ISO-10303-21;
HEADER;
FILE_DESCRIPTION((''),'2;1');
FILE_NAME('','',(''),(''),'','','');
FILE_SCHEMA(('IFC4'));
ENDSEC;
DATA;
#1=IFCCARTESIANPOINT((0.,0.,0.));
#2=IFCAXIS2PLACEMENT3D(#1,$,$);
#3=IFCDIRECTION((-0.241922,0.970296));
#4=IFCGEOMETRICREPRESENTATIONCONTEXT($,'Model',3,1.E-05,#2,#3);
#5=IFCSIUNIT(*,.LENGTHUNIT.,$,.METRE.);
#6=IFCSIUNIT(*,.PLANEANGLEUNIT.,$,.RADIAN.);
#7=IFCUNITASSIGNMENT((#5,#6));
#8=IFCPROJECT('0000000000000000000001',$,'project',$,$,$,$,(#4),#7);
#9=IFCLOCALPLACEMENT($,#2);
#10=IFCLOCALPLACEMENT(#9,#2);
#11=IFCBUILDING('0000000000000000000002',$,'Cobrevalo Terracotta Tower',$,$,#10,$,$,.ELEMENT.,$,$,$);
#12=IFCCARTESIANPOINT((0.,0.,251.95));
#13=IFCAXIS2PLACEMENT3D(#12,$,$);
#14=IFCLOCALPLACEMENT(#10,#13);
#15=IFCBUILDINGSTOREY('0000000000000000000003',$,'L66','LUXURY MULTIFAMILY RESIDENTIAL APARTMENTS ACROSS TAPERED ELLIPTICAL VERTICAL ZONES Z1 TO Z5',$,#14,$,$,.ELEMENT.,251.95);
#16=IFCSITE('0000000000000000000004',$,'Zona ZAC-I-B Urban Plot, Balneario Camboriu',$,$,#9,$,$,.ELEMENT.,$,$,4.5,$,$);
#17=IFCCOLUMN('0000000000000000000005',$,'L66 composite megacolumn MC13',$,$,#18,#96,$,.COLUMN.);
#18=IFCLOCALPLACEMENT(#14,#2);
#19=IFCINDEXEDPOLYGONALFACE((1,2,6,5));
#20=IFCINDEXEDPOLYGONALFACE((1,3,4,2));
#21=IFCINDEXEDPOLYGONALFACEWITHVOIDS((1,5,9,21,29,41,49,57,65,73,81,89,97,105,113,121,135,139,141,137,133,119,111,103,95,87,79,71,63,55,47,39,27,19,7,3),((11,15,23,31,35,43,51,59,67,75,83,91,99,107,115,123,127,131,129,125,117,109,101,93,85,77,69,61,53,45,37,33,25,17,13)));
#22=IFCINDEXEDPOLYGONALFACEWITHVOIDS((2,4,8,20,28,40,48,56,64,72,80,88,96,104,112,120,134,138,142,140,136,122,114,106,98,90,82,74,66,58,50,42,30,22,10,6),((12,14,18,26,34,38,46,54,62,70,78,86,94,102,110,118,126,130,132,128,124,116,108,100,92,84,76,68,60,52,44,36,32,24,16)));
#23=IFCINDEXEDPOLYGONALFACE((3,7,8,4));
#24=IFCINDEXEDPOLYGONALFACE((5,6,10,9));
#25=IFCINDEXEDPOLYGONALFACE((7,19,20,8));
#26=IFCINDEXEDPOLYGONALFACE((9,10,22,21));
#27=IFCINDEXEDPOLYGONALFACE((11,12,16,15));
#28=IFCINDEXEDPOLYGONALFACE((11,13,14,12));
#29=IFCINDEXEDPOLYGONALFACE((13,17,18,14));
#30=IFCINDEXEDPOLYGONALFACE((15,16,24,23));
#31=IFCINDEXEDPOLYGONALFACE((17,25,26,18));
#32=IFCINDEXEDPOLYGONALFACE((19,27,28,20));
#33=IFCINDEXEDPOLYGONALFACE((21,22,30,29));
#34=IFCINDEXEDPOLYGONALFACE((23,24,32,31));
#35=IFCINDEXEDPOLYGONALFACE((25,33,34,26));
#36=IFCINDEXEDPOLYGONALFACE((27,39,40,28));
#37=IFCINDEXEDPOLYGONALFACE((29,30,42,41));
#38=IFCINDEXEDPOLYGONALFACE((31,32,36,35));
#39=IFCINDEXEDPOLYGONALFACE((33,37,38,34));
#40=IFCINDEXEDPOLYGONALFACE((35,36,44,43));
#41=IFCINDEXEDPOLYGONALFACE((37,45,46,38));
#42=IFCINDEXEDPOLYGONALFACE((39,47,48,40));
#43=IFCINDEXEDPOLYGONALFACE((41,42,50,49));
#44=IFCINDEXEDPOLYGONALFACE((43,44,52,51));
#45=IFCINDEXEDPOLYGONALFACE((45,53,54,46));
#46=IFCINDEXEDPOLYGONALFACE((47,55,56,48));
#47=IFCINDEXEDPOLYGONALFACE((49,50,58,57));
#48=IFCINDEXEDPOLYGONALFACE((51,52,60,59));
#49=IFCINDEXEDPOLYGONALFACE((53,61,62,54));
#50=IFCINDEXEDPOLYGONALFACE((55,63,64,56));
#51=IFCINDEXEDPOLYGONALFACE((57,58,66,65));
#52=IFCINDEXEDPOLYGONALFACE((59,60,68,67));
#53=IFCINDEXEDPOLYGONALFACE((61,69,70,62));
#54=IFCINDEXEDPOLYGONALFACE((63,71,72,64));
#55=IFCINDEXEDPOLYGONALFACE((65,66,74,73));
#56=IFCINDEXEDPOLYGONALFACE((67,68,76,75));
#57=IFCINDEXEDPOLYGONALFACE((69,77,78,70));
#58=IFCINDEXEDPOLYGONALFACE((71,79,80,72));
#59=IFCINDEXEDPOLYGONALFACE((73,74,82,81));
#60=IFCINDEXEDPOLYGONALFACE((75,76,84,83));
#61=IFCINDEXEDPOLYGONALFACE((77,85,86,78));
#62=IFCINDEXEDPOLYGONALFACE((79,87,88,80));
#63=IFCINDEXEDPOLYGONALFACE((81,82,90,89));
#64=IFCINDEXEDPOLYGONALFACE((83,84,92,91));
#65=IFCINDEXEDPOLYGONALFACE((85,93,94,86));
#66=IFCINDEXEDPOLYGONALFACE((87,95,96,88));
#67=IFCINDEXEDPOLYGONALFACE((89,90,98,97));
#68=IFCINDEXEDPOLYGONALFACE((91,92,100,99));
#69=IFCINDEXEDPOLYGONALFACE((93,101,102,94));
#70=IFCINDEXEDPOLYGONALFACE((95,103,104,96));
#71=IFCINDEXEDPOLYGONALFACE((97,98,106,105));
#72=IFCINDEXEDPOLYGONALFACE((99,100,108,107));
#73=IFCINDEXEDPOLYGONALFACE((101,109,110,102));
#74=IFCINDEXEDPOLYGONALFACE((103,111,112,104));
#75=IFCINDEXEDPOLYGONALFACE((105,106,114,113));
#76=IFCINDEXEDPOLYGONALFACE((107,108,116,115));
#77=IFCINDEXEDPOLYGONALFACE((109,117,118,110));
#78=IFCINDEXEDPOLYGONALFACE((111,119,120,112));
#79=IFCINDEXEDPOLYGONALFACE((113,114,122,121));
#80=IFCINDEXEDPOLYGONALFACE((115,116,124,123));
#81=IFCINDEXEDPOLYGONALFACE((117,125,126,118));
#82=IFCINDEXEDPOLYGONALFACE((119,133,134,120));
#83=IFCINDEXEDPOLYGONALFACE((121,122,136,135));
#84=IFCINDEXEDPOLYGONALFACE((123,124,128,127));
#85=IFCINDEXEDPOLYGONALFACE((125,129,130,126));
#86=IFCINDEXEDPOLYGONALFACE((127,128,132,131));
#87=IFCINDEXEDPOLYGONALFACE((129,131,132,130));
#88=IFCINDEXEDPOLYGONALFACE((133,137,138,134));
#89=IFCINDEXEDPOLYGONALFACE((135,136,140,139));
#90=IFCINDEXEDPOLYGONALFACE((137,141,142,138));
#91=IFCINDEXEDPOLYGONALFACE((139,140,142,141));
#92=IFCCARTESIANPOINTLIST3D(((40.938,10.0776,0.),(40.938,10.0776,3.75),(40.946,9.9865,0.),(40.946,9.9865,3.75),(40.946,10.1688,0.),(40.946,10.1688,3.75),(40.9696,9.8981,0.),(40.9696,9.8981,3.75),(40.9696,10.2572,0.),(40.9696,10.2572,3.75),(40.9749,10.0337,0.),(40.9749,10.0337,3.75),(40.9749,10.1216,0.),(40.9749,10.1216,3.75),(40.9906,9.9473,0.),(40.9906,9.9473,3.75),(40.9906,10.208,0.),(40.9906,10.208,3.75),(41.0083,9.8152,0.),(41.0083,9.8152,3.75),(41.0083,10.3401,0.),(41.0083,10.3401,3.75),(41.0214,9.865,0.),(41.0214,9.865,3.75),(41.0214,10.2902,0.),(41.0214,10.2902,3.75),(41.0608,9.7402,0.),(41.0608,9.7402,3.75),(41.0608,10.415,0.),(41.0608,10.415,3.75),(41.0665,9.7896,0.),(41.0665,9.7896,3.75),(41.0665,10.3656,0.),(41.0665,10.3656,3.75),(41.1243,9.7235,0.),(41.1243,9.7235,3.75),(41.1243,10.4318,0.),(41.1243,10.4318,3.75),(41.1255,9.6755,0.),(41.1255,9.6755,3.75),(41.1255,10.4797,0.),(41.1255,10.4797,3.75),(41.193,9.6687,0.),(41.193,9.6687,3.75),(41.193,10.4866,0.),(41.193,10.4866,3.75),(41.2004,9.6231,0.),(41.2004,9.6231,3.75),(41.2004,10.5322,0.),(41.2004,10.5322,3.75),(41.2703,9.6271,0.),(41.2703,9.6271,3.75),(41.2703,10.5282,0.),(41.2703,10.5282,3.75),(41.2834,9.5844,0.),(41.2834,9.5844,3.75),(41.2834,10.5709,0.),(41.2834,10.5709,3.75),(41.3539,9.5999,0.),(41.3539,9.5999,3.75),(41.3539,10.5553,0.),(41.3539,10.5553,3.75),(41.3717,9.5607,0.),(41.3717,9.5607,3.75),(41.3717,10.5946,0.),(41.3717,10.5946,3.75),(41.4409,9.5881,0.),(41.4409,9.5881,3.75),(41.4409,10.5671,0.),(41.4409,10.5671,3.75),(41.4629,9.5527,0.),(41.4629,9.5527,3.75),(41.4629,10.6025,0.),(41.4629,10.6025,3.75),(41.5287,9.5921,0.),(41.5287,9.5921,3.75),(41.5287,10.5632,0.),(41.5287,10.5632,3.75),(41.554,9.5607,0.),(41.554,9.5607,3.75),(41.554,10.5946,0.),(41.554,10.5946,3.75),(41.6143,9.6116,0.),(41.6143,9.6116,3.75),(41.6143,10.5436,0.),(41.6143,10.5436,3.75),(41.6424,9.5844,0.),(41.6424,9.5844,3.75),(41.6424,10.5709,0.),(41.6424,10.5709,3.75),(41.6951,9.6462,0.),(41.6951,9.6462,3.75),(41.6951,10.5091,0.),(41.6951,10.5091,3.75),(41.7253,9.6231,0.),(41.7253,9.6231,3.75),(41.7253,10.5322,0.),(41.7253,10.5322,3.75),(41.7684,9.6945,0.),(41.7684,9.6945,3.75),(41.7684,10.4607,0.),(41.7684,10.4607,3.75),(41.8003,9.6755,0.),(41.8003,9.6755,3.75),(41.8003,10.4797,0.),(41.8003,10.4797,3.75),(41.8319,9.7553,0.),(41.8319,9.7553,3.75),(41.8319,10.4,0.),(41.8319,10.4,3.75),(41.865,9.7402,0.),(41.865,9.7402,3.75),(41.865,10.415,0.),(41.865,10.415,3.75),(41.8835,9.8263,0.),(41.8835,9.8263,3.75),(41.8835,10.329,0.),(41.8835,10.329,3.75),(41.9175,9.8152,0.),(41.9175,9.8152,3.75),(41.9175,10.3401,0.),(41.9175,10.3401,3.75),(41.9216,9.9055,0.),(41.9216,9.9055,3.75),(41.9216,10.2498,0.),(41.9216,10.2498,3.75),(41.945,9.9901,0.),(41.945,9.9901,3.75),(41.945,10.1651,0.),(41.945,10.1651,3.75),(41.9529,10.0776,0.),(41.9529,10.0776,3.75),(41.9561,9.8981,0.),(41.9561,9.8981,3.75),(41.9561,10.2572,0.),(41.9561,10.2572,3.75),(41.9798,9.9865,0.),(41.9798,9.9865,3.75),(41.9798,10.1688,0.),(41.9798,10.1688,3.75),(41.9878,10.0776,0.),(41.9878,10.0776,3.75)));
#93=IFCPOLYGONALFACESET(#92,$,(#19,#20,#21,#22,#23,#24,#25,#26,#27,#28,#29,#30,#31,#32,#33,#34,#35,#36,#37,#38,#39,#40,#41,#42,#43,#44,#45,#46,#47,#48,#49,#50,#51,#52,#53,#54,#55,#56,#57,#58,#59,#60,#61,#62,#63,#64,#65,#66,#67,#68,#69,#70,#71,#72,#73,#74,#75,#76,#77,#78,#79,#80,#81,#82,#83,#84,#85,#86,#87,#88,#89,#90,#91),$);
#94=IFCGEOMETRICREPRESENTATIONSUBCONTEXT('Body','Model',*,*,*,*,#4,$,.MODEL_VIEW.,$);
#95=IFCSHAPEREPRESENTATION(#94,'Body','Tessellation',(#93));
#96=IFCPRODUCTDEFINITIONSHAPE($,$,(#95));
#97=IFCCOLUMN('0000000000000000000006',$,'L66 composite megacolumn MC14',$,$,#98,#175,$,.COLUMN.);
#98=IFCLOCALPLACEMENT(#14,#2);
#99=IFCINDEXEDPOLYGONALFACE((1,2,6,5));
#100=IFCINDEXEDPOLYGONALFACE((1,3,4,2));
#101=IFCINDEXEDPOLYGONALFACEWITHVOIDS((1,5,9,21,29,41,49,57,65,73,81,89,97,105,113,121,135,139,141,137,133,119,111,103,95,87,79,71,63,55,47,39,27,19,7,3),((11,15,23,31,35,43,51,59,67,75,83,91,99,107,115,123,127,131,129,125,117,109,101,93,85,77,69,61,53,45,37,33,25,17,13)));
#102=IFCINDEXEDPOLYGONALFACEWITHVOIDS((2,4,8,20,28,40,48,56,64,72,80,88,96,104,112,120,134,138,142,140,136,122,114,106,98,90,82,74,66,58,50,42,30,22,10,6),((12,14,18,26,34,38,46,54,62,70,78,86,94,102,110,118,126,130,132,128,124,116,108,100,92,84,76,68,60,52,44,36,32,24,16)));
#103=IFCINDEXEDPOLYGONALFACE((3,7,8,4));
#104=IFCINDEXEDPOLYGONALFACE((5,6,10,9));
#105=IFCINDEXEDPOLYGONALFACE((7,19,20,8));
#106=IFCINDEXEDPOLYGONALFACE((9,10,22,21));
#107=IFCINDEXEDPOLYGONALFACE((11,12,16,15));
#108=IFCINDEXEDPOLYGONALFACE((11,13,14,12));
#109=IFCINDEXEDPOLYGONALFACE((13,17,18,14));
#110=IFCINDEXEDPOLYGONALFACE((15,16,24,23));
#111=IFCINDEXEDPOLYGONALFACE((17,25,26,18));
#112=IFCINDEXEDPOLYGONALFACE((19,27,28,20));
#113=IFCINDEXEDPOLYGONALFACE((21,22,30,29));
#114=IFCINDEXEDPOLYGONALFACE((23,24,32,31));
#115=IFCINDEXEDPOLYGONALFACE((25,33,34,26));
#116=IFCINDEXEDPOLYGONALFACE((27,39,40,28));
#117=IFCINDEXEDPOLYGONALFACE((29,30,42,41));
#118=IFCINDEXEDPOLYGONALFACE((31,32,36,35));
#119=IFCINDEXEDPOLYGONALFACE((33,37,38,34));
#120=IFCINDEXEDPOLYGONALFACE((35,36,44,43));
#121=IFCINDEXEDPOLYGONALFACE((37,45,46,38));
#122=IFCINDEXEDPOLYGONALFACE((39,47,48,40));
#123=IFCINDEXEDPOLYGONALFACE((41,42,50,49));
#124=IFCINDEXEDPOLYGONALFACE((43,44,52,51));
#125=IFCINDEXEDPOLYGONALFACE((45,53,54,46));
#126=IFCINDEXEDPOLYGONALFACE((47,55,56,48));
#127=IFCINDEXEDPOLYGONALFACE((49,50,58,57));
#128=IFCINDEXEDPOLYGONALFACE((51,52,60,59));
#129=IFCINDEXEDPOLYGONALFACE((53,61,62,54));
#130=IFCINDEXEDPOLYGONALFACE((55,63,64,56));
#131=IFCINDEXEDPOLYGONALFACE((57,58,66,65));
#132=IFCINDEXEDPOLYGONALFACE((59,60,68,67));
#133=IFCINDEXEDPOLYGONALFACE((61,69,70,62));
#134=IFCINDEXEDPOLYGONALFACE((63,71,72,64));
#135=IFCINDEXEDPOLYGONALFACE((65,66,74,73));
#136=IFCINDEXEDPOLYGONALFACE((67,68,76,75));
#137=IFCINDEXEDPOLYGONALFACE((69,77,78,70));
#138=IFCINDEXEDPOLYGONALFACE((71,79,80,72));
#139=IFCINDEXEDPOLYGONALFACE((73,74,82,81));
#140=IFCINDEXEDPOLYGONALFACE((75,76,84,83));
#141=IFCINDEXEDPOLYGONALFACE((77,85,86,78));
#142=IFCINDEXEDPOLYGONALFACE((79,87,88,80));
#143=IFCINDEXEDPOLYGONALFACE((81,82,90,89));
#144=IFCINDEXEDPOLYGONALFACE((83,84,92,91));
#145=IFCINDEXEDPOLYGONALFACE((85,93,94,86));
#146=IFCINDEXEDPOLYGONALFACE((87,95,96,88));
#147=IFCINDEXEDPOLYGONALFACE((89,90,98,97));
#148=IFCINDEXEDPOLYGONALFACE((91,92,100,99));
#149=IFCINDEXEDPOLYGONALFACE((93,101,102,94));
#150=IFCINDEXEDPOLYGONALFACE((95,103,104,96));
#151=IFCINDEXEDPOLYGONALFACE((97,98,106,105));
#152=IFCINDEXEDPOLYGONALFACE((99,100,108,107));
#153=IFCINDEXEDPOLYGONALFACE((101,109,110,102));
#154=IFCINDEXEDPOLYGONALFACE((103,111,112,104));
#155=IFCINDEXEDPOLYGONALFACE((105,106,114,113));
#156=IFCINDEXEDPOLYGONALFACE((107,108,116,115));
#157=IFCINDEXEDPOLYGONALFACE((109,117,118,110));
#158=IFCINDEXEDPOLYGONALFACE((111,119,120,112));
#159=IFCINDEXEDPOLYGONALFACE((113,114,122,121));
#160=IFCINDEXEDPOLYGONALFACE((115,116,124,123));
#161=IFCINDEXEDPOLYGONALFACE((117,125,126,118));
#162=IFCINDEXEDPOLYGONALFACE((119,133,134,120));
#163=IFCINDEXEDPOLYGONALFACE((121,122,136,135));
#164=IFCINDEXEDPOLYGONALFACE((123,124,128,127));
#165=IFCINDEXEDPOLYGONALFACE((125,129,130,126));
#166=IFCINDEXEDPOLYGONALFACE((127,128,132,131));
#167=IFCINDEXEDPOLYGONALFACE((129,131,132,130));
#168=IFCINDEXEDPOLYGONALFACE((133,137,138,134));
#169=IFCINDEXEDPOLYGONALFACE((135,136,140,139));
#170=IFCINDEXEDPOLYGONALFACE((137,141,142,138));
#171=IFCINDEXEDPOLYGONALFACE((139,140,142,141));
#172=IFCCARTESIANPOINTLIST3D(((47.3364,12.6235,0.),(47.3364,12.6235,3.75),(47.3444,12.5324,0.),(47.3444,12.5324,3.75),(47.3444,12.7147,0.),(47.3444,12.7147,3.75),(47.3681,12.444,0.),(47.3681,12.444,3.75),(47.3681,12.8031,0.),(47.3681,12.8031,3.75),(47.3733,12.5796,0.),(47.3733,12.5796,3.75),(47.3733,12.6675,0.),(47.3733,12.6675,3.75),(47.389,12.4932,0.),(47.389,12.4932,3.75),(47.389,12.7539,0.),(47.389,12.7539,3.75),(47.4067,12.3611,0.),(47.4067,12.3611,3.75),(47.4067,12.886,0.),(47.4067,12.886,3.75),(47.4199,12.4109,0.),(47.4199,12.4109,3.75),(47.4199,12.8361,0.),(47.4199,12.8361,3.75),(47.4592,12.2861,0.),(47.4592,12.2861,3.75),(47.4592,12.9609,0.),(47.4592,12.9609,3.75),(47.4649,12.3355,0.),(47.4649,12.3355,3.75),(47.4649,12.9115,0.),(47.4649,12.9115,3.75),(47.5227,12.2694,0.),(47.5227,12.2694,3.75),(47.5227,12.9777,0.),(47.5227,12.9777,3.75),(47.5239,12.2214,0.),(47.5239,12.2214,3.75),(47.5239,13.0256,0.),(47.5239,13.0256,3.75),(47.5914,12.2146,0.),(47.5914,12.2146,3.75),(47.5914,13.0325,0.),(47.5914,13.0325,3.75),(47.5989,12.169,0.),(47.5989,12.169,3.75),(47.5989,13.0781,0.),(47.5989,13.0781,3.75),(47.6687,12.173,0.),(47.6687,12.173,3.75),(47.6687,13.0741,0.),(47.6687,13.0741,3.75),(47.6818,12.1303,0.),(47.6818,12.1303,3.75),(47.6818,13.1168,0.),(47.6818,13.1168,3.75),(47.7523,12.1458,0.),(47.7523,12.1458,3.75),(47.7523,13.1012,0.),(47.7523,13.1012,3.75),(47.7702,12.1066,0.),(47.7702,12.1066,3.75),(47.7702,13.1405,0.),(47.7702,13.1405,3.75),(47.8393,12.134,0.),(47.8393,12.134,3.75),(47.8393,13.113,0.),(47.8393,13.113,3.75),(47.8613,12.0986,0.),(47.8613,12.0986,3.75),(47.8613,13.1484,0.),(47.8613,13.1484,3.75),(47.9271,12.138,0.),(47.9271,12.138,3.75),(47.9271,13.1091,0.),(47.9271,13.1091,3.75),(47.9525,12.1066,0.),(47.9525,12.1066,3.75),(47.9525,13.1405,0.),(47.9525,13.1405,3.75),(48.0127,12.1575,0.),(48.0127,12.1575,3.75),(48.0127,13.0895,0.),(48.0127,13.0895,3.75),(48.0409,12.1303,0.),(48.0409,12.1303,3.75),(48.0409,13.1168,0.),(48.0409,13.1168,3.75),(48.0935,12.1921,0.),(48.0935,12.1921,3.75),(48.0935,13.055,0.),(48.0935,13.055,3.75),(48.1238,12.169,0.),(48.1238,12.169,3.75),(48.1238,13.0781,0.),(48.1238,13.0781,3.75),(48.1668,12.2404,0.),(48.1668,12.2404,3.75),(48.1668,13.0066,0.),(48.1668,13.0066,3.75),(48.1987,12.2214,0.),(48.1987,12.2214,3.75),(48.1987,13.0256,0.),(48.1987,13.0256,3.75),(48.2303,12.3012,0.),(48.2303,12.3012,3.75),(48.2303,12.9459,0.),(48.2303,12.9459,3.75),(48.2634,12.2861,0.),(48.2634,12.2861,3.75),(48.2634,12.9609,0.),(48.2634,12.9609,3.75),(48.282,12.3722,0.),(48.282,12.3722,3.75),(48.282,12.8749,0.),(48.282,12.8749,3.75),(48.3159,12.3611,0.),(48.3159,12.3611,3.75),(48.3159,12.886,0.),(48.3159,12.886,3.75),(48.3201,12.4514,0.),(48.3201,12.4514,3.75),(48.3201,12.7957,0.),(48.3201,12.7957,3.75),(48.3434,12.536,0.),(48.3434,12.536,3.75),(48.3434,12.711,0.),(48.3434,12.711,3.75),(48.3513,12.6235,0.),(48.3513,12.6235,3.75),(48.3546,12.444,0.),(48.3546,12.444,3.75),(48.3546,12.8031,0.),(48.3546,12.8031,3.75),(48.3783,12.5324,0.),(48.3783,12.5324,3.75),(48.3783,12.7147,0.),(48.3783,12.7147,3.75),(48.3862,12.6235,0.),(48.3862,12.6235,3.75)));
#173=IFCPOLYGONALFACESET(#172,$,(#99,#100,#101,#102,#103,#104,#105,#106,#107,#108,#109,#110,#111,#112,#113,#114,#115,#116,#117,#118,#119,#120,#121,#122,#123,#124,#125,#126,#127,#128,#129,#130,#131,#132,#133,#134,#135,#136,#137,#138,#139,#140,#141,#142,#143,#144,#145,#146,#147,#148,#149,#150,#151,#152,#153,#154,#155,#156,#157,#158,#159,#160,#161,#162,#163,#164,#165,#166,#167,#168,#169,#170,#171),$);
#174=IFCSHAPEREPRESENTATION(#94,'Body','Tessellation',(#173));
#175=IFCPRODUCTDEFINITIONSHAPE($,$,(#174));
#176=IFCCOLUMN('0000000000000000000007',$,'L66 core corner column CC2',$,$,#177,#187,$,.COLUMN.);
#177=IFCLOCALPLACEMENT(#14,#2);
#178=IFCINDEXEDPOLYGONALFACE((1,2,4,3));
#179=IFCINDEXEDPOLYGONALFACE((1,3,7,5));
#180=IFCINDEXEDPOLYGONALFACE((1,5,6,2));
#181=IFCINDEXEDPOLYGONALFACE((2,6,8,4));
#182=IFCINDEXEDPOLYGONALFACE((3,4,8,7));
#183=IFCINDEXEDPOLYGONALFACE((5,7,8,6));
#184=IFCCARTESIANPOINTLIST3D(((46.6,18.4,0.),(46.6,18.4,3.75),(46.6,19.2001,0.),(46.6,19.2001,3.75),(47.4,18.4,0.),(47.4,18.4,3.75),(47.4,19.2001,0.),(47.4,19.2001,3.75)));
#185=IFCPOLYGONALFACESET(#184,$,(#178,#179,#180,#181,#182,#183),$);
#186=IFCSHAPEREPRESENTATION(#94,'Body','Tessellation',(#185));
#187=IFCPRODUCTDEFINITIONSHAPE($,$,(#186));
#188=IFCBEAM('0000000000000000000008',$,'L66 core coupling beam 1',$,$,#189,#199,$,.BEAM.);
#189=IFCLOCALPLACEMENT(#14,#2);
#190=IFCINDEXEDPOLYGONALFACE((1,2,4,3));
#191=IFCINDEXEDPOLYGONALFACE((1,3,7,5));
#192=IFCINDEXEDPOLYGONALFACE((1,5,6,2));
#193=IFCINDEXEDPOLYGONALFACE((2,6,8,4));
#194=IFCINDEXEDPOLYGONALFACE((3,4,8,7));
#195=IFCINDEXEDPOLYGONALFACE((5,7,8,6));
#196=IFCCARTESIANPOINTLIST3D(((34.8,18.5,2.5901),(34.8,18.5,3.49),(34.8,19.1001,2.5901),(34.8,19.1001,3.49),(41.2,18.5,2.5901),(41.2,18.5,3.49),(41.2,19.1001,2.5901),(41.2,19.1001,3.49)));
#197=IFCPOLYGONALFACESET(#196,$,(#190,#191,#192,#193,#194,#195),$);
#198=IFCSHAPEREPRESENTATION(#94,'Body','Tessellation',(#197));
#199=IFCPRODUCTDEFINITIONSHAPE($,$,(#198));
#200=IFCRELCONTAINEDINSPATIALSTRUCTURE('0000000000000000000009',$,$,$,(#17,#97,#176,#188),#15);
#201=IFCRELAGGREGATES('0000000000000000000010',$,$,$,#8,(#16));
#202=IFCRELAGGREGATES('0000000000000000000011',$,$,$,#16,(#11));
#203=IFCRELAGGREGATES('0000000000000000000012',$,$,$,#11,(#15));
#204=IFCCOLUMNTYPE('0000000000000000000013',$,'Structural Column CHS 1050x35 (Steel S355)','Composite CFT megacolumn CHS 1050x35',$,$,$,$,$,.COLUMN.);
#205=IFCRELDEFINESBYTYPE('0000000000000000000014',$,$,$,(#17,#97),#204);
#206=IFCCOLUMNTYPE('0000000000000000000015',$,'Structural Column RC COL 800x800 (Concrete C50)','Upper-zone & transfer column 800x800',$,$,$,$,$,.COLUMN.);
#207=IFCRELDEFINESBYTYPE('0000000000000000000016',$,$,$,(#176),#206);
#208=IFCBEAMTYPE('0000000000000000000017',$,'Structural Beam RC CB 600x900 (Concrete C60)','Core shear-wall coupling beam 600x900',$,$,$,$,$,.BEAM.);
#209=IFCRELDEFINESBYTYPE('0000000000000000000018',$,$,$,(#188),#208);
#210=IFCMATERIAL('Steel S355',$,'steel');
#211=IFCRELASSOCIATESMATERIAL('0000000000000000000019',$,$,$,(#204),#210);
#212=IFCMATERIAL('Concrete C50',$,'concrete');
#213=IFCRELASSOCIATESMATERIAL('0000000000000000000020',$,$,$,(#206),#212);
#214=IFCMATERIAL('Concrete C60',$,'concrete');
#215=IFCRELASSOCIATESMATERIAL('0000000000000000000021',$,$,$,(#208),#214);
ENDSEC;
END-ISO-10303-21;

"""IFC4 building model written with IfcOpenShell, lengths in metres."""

from ifc_helpers import new_model, si_unit, direction, frame, origin, origin_2d, place, context, subcontext, project, spatial, rectangle, hollow_circle, extrude, material, material_profile, profile_set, type_object, element, save


model = new_model("IFC4")

# Units and contexts
model_context = context("Model", 3, precision=1e-05, world=origin(), true_north=direction((-0.241922, 0.970296)))
body_context = subcontext(model_context, "Body", "Model", "MODEL_VIEW")
ifc_project = project(units=[si_unit("LENGTHUNIT", "METRE"), si_unit("PLANEANGLEUNIT", "RADIAN")], contexts=[model_context])

# Site, building, storey
site_placement = place(None, origin())
site = spatial("IfcSite", under=ifc_project, at=site_placement, Name="Zona ZAC-I-B Urban Plot, Balneario Camboriu", CompositionType="ELEMENT", RefElevation=4.5)
building_placement = place(site_placement, origin())
building = spatial("IfcBuilding", under=site, at=building_placement, Name="Cobrevalo Terracotta Tower", CompositionType="ELEMENT")
storey_placement = place(building_placement, frame((0.0, 0.0, 251.95)))
storey = spatial("IfcBuildingStorey", under=building, at=storey_placement, Name="L66", Description="LUXURY MULTIFAMILY RESIDENTIAL APARTMENTS ACROSS TAPERED ELLIPTICAL VERTICAL ZONES Z1 TO Z5", CompositionType="ELEMENT", Elevation=251.95)

# Columns
ifc_material_1 = material(Name="Steel S355", Category="steel")
ifc_material_profile_1 = material_profile(ifc_material_1, hollow_circle(Radius=0.5249, WallThickness=0.0349, at=origin_2d()), Name="CHS 1050x35")
ifc_profile_set_1 = profile_set([ifc_material_profile_1], Name="Steel S355")
column_type_1 = type_object("IfcColumnType", Name="Structural Column CHS 1050x35 (Steel S355)", Description="Composite CFT megacolumn CHS 1050x35", PredefinedType="COLUMN", material=ifc_profile_set_1)
for number, where, z_axis, x_axis, name in (
    (1, (41.4629, 10.0776, 0.0), (0.0, 0.0, 1.0), (1.0, 0.0, 0.0), "L66 composite megacolumn MC13"),
    (2, (47.8613, 12.6235, 0.0), (0.0, 0.0, 1.0), (1.0, 0.0, 0.0), "L66 composite megacolumn MC14"),
):
    element("IfcColumn", number, at=place(storey_placement, frame(where, z_axis=z_axis, x_axis=x_axis)), inside=storey, type_object=column_type_1, Name=name, PredefinedType="COLUMN", context=body_context, shape_type="SweptSolid", body=[
        extrude(hollow_circle(Radius=0.5249, WallThickness=0.0349, at=origin_2d()), origin(), (0.0, 0.0, 1.0), 3.75),
    ])
ifc_material_2 = material(Name="Concrete C50", Category="concrete")
ifc_material_profile_2 = material_profile(ifc_material_2, rectangle(XDim=0.8, YDim=0.8, at=origin_2d()), Name="RC COL 800x800")
ifc_profile_set_2 = profile_set([ifc_material_profile_2], Name="Concrete C50")
column_type_2 = type_object("IfcColumnType", Name="Structural Column RC COL 800x800 (Concrete C50)", Description="Upper-zone & transfer column 800x800", PredefinedType="COLUMN", material=ifc_profile_set_2)
column_placement = place(storey_placement, frame((47.0, 18.8, 0.0), z_axis=(0.0, 0.0, 1.0), x_axis=(1.0, 0.0, 0.0)))
element("IfcColumn", 3, at=column_placement, inside=storey, type_object=column_type_2, Name="L66 core corner column CC2", PredefinedType="COLUMN", context=body_context, shape_type="SweptSolid", body=[
    extrude(rectangle(XDim=0.8, YDim=0.8, at=origin_2d()), origin(), (0.0, 0.0, 1.0), 3.75),
])

# Beam
ifc_material_3 = material(Name="Concrete C60", Category="concrete")
ifc_material_profile_3 = material_profile(ifc_material_3, rectangle(XDim=0.6001, YDim=0.8999, at=origin_2d()), Name="RC CB 600x900")
ifc_profile_set_3 = profile_set([ifc_material_profile_3], Name="Concrete C60")
beam_type_1 = type_object("IfcBeamType", Name="Structural Beam RC CB 600x900 (Concrete C60)", Description="Core shear-wall coupling beam 600x900", PredefinedType="BEAM", material=ifc_profile_set_3)
beam_1_placement = place(storey_placement, frame((34.8, 18.8, 3.04), z_axis=(1.0, 0.0, 0.0), x_axis=(0.0, 1.0, 0.0)))
element("IfcBeam", 4, at=beam_1_placement, inside=storey, type_object=beam_type_1, Name="L66 core coupling beam 1", PredefinedType="BEAM", context=body_context, shape_type="SweptSolid", body=[
    extrude(rectangle(XDim=0.6001, YDim=0.8999, at=origin_2d()), origin(), (0.0, 0.0, 1.0), 6.3999),
])

save(model, "model.ifc")
